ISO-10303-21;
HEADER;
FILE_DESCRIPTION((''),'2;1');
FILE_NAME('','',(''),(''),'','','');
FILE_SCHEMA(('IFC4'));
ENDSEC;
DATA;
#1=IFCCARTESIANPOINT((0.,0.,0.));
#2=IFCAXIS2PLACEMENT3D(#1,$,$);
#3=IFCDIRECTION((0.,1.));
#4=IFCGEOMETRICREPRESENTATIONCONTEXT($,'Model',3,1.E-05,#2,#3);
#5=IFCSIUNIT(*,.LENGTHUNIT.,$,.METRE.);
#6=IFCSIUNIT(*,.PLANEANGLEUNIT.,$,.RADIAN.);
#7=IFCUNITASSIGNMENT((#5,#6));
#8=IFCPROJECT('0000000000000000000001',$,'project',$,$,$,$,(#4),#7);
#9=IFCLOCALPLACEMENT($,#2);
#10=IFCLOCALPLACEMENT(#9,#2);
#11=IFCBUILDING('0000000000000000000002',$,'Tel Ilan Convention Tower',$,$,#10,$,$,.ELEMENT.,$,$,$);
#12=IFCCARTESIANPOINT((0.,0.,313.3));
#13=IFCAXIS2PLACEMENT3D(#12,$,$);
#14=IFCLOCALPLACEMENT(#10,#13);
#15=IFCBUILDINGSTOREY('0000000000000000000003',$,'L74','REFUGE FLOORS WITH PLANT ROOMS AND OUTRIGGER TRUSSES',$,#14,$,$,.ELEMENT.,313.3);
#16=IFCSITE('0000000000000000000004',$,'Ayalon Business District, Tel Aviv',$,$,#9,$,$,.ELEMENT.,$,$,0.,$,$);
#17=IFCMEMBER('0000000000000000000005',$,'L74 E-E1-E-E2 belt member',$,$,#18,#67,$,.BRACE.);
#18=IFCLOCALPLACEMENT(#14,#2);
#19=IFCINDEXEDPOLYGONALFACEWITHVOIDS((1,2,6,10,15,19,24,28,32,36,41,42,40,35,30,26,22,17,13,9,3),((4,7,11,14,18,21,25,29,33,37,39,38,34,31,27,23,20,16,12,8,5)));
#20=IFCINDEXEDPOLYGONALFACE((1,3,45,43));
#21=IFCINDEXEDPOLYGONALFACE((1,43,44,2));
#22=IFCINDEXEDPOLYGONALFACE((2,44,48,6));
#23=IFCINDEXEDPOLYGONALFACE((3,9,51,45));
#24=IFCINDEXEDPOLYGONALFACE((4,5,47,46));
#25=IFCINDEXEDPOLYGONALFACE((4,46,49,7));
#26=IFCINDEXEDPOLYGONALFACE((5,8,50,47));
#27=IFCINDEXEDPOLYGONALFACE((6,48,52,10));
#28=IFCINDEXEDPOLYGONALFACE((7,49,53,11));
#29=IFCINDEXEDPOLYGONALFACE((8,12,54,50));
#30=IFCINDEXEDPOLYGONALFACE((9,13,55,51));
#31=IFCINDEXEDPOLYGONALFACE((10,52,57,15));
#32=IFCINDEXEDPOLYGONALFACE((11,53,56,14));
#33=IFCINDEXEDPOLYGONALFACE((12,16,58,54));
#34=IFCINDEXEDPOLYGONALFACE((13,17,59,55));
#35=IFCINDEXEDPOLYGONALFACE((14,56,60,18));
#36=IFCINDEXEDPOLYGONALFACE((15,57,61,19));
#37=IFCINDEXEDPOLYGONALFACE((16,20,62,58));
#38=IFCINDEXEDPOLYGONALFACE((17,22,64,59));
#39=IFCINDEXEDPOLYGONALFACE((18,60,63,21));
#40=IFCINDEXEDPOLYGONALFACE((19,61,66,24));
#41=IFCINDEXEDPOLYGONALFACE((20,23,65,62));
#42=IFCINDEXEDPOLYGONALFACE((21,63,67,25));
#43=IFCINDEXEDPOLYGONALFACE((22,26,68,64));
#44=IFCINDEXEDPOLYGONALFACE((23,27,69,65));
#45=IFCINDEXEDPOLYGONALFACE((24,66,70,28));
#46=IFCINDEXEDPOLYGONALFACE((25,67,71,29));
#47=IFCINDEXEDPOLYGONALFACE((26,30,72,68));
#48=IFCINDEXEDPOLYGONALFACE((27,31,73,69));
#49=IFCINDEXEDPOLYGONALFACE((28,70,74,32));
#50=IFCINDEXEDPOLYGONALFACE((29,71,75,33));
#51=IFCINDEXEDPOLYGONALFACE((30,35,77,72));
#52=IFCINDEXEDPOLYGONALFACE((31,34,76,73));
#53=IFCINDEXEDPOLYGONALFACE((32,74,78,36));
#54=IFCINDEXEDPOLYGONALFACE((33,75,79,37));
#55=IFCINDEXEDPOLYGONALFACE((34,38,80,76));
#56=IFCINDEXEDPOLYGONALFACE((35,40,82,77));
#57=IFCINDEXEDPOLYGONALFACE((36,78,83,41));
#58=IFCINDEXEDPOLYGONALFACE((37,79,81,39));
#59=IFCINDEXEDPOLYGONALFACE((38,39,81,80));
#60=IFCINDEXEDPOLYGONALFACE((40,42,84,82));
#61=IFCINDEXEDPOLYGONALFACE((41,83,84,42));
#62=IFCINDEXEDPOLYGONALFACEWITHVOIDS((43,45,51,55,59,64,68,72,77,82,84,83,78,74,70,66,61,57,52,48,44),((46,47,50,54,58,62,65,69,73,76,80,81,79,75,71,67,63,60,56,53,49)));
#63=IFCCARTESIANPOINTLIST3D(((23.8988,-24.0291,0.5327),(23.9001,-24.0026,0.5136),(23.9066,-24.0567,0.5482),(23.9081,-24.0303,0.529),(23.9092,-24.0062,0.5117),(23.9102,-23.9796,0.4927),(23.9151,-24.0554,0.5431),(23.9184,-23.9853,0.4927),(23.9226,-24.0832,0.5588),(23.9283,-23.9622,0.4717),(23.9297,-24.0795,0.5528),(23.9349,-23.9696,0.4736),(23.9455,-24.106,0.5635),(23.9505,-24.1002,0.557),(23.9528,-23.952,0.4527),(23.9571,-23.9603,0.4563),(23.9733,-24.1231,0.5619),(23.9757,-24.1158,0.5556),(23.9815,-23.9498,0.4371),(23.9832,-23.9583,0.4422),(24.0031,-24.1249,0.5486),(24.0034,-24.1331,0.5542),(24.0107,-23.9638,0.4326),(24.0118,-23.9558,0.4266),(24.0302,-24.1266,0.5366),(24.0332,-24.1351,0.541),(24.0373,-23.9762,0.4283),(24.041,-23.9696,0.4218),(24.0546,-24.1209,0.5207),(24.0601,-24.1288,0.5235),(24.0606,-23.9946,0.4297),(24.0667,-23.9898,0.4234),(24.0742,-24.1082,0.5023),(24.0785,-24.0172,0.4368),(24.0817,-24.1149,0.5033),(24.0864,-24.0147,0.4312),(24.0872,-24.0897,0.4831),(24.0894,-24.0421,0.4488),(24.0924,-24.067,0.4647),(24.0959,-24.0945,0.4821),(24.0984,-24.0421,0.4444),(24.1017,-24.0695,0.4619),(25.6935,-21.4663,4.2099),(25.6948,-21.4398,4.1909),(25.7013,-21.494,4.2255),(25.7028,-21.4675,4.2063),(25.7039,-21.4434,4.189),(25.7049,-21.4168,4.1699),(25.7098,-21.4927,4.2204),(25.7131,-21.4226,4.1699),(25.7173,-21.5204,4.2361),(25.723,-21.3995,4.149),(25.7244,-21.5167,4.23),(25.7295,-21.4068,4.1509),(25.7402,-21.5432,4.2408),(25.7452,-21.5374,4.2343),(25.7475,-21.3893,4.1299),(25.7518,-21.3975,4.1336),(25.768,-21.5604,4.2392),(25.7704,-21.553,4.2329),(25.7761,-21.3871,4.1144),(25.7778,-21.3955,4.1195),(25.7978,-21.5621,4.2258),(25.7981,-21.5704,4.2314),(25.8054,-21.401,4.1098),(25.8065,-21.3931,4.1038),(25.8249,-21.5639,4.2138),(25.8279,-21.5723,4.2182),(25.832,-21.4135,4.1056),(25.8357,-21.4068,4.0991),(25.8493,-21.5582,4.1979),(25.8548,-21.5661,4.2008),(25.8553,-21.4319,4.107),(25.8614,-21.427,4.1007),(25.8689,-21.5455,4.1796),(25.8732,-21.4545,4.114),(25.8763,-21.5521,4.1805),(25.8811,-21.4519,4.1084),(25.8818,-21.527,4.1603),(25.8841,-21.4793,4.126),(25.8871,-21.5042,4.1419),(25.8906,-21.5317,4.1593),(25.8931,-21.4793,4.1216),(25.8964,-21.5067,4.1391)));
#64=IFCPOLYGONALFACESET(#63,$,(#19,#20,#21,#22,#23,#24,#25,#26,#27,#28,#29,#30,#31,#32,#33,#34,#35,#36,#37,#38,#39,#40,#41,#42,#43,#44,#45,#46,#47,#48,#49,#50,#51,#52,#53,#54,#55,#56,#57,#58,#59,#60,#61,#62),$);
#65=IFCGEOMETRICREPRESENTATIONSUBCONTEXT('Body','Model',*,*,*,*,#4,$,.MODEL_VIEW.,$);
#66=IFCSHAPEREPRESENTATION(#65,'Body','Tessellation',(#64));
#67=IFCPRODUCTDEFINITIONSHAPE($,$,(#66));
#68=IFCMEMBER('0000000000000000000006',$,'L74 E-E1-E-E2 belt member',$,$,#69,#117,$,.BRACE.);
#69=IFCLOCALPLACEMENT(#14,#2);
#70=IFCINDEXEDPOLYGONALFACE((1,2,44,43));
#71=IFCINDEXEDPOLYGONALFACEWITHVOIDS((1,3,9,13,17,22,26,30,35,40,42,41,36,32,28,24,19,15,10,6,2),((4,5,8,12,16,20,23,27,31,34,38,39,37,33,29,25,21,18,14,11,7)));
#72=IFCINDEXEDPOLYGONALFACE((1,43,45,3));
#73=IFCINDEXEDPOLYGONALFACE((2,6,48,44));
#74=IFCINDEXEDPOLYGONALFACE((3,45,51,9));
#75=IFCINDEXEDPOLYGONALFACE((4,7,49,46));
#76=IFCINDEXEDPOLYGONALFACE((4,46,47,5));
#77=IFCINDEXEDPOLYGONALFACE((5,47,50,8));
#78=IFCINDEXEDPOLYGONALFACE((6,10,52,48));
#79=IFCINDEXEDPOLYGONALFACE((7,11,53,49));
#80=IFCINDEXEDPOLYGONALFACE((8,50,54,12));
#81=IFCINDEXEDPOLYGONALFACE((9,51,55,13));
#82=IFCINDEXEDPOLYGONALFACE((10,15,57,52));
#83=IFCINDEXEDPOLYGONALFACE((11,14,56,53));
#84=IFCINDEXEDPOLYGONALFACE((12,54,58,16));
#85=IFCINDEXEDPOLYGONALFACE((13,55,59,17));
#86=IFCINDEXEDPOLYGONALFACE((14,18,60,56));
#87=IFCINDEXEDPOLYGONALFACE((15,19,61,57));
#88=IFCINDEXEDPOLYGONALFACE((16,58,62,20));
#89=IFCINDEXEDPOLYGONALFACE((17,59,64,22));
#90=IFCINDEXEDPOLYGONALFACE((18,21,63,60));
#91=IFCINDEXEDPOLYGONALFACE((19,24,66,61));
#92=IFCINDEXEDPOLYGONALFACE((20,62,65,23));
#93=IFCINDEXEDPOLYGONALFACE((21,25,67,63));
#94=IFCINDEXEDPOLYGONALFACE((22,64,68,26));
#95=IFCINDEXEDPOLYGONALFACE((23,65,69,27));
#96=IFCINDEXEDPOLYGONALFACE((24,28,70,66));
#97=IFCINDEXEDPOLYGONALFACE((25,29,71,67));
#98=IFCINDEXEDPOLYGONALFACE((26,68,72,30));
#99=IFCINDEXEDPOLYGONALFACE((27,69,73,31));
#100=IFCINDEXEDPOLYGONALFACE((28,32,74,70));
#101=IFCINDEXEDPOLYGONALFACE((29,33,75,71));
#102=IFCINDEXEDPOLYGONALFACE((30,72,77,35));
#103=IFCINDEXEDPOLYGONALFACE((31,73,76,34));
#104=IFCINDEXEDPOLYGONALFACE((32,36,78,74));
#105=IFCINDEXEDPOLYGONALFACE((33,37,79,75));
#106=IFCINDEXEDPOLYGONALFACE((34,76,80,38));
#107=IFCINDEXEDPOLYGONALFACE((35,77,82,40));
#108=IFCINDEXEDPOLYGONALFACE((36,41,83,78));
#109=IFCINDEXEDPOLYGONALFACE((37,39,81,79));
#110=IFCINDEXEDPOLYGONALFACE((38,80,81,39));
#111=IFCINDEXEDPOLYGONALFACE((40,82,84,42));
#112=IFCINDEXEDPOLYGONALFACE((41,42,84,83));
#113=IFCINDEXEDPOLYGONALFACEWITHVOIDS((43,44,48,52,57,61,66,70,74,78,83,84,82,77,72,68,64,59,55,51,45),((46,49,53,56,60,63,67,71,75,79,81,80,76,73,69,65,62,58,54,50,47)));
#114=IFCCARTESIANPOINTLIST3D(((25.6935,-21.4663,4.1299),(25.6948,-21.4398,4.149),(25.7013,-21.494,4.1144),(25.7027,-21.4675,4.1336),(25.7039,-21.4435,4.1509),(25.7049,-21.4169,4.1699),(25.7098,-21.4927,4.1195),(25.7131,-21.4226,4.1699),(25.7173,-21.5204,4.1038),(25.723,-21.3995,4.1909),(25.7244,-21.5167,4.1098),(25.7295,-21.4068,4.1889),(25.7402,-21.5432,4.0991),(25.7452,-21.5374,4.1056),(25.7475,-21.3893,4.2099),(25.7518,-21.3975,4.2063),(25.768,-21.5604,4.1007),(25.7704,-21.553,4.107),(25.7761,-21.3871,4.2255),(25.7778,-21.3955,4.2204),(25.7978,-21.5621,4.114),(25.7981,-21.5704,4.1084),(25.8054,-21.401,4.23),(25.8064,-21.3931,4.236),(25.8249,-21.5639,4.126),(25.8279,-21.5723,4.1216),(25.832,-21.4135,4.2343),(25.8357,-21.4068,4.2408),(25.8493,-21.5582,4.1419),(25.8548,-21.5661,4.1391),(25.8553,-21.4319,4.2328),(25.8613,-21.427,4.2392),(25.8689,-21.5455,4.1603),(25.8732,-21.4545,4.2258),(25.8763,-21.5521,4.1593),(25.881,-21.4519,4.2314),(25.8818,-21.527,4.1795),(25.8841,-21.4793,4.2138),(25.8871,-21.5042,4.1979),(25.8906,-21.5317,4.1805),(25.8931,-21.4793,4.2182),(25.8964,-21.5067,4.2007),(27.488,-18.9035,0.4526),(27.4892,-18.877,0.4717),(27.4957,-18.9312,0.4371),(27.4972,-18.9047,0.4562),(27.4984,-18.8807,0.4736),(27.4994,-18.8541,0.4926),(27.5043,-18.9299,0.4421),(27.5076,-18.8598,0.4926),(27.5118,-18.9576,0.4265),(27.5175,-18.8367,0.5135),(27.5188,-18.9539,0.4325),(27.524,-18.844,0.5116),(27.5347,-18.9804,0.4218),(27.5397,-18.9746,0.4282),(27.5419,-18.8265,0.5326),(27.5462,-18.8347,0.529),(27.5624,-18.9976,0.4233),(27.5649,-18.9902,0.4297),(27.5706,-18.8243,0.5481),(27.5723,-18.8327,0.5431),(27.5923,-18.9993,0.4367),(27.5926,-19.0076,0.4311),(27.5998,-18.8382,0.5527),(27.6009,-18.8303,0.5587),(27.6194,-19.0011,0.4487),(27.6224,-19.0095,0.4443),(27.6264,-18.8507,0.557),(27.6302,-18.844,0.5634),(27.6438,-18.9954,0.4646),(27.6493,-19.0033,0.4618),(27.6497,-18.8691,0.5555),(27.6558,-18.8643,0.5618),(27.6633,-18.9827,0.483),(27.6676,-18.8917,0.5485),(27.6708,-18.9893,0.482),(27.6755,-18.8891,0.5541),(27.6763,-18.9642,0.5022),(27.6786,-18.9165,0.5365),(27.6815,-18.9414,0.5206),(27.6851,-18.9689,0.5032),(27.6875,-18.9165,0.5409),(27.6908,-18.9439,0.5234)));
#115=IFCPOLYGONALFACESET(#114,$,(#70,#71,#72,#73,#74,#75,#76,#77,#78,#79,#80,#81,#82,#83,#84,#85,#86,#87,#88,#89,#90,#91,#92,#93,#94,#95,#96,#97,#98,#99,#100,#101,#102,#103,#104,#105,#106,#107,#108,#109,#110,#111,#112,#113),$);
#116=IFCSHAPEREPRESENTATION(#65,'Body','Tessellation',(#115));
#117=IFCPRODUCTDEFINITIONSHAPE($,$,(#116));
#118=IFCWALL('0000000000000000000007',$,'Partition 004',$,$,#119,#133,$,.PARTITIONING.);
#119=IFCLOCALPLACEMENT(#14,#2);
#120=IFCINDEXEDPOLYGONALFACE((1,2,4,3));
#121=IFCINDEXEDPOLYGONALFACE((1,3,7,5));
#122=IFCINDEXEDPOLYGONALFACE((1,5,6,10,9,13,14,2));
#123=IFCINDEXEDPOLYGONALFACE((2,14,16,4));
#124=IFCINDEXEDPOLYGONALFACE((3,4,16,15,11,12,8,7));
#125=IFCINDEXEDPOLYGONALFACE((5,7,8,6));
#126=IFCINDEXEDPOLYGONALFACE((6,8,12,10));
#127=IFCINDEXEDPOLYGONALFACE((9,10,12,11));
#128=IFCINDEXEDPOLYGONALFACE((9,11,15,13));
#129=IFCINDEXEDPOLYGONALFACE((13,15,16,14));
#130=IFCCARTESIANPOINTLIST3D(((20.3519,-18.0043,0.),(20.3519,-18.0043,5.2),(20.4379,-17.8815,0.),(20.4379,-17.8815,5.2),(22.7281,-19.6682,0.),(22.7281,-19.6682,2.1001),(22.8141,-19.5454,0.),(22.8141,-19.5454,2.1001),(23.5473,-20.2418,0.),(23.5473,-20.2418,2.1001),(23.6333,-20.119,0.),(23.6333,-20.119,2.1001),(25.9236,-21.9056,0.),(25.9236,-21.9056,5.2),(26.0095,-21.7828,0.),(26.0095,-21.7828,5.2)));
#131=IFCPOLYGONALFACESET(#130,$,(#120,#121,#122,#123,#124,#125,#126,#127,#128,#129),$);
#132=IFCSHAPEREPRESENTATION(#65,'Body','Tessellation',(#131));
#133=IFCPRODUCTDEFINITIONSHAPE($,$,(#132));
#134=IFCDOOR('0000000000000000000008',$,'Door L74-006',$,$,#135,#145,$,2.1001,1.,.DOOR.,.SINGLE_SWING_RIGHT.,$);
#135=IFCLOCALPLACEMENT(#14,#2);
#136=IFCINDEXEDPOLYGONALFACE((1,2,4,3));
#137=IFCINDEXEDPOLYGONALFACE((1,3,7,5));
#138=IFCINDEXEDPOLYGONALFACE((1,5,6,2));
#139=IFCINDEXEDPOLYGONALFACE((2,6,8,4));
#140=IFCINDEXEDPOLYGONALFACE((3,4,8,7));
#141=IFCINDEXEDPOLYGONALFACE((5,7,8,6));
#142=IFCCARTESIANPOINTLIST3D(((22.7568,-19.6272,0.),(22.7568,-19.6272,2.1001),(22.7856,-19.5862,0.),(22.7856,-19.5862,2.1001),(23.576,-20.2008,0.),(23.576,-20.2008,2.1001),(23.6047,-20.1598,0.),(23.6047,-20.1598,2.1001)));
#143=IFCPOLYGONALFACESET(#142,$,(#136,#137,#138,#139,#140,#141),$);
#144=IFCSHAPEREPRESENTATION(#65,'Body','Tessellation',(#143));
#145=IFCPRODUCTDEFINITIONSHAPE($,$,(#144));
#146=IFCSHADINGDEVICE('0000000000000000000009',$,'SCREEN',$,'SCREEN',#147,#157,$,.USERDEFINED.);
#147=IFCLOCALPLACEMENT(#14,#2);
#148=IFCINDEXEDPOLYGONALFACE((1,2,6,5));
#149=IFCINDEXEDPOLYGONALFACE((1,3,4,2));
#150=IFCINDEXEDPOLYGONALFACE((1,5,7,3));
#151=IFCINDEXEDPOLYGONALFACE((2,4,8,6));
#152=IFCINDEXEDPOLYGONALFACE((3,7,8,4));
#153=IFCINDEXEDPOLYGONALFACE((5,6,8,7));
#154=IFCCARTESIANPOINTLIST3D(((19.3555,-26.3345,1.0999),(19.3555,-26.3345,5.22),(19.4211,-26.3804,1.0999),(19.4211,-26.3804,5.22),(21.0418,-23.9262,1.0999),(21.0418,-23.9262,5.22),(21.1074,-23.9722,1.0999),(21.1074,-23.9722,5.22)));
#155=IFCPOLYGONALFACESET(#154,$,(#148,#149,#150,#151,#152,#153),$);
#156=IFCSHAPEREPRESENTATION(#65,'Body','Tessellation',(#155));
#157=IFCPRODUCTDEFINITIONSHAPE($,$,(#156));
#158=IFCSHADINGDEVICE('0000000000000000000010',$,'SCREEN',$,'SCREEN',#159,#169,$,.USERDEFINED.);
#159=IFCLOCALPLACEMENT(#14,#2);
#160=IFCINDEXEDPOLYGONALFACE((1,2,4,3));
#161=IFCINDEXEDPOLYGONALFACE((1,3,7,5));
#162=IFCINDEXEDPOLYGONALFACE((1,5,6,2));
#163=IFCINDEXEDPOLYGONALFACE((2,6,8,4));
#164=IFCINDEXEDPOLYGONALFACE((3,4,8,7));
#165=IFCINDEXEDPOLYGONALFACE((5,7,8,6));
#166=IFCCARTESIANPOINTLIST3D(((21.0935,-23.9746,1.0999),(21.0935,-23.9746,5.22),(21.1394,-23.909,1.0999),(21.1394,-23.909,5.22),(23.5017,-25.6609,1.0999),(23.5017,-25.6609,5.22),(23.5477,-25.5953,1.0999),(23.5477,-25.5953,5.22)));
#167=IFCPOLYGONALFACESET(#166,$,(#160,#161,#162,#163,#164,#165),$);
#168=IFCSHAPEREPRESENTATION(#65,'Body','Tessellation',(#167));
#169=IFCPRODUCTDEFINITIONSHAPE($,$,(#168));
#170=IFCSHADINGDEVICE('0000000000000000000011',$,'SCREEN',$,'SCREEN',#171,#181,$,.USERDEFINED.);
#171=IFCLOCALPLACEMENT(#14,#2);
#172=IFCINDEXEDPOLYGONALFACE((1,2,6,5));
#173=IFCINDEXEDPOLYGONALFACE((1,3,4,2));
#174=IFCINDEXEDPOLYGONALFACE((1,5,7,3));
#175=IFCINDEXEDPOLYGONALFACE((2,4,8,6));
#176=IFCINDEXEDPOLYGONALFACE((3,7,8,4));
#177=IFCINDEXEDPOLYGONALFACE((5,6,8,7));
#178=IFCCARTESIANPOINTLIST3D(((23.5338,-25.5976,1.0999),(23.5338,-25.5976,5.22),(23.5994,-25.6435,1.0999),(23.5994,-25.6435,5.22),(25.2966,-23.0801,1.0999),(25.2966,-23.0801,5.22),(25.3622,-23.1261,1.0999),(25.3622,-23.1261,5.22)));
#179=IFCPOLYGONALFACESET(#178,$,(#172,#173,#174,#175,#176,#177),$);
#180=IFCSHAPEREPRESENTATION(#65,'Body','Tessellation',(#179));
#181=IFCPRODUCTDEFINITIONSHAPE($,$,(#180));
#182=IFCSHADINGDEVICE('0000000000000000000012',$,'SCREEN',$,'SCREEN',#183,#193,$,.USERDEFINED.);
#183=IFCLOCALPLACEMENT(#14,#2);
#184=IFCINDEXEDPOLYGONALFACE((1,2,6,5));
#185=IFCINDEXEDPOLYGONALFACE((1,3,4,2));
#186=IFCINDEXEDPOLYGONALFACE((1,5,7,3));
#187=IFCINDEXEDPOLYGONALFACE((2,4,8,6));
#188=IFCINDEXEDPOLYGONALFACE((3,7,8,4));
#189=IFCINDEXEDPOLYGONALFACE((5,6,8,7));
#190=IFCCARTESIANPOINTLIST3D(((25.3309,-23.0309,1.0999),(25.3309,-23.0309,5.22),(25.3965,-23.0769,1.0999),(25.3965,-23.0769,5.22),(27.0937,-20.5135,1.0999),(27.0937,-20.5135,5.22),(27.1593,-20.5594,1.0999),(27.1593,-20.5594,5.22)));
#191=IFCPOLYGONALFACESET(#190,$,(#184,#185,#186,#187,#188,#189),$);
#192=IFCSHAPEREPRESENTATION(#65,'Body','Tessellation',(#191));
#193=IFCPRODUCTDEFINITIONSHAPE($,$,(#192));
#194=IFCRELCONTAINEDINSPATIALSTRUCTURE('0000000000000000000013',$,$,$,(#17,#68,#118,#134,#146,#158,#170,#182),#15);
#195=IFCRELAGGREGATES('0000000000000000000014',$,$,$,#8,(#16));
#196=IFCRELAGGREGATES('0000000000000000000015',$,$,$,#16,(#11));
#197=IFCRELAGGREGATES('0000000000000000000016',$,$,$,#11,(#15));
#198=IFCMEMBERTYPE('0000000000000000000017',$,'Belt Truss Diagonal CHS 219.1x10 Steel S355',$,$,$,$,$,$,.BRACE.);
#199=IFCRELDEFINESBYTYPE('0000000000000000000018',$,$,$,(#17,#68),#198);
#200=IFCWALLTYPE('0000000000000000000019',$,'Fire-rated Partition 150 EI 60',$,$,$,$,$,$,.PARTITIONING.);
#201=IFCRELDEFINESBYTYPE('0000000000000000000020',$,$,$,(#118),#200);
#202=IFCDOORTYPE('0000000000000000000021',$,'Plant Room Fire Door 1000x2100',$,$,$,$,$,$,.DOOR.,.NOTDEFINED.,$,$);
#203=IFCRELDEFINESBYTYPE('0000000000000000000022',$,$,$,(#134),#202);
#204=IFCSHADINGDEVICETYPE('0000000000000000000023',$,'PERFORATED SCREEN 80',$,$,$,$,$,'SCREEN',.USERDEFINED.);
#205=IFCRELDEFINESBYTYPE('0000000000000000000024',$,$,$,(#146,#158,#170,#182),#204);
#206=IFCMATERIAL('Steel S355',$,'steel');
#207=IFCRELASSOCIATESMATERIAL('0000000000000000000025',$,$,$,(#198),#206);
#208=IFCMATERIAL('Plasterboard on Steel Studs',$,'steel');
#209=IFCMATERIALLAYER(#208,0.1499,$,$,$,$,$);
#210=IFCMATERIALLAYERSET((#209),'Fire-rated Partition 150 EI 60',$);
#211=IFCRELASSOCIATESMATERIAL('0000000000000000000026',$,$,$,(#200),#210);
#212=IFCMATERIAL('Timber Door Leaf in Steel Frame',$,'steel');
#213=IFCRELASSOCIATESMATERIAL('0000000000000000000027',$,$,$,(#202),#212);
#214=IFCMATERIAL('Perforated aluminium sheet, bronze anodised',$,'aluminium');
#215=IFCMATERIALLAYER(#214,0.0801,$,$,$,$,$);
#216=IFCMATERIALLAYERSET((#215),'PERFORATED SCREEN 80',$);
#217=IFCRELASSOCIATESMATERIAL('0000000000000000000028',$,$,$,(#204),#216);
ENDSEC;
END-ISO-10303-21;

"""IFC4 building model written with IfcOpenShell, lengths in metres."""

from ifc_helpers import new_model, si_unit, direction, frame, frame_2d, origin, origin_2d, place, context, subcontext, project, spatial, rectangle, hollow_circle, extrude, material, layer, layer_set, material_profile, profile_set, type_object, element, fill, save


model = new_model("IFC4")

# Units and contexts
model_context = context("Model", 3, precision=1e-05, world=origin(), true_north=direction((0.0, 1.0)))
body_context = subcontext(model_context, "Body", "Model", "MODEL_VIEW")
ifc_project = project(units=[si_unit("LENGTHUNIT", "METRE"), si_unit("PLANEANGLEUNIT", "RADIAN")], contexts=[model_context])

# Site, building, storey
site_placement = place(None, origin())
site = spatial("IfcSite", under=ifc_project, at=site_placement, Name="Ayalon Business District, Tel Aviv", CompositionType="ELEMENT", RefElevation=0.0)
building_placement = place(site_placement, origin())
building = spatial("IfcBuilding", under=site, at=building_placement, Name="Tel Ilan Convention Tower", CompositionType="ELEMENT")
storey_placement = place(building_placement, frame((0.0, 0.0, 313.3)))
storey = spatial("IfcBuildingStorey", under=building, at=storey_placement, Name="L74", Description="REFUGE FLOORS WITH PLANT ROOMS AND OUTRIGGER TRUSSES", CompositionType="ELEMENT", Elevation=313.3)

# Members
ifc_material_1 = material(Name="Steel S355", Category="steel")
ifc_material_profile_1 = material_profile(ifc_material_1, hollow_circle(Radius=0.1096, WallThickness=0.01, at=origin_2d()), Name="CHS 219.1x10")
ifc_profile_set_1 = profile_set([ifc_material_profile_1], Name="Steel S355")
member_type_1 = type_object("IfcMemberType", Name="Belt Truss Diagonal CHS 219.1x10 Steel S355", PredefinedType="BRACE", material=ifc_profile_set_1)
for number, where, z_axis, x_axis, name in (
    (1, (24.0, -24.0425, 0.4927), (0.371714, 0.530796, 0.761632), (-0.819118, 0.573625, 0.0), "L74 E-E1-E-E2 belt member"),
    (2, (25.7947, -21.4797, 4.1699), (0.371671, 0.530806, -0.761647), (-0.819155, 0.573572, 0.0), "L74 E-E1-E-E2 belt member"),
):
    element("IfcMember", number, at=place(storey_placement, frame(where, z_axis=z_axis, x_axis=x_axis)), inside=storey, type_object=member_type_1, Name=name, PredefinedType="BRACE", context=body_context, shape_type="SweptSolid", body=[
        extrude(hollow_circle(Radius=0.1096, WallThickness=0.01, at=origin_2d()), origin(), (0.0, 0.0, 1.0), 4.8281),
    ])

# Wall, opening, door
ifc_material_2 = material(Name="Plasterboard on Steel Studs", Category="steel")
ifc_layer_1 = layer(ifc_material_2, 0.1499)
ifc_layer_set_1 = layer_set([ifc_layer_1], Name="Fire-rated Partition 150 EI 60")
wall_type = type_object("IfcWallType", Name="Fire-rated Partition 150 EI 60", PredefinedType="PARTITIONING", material=ifc_layer_set_1)
wall_placement = place(storey_placement, frame((25.9666, -21.8442, 0.0), z_axis=(0.0, 0.0, 1.0), x_axis=(-0.819154, 0.573573, 0.0)))
wall = element("IfcWall", 3, at=wall_placement, inside=storey, type_object=wall_type, Name="Partition 004", PredefinedType="PARTITIONING", context=body_context, shape_type="SweptSolid", body=[
    extrude(rectangle(XDim=6.8018, YDim=0.1499, at=frame_2d((3.4009, 0.0))), origin(), (0.0, 0.0, 1.0), 5.2),
])
opening_placement = place(wall_placement, frame((2.9009, 0.0, 0.0)))
opening = element("IfcOpeningElement", 4, at=opening_placement, cuts=wall, PredefinedType="OPENING", context=body_context, shape_type="SweptSolid", body=[
    extrude(rectangle(XDim=1.0, YDim=2.1001, at=frame_2d((0.5, 1.05))), frame((0.0, 0.085, 0.0), z_axis=(0.0, -1.0, 0.0), x_axis=(1.0, 0.0, 0.0)), (0.0, 0.0, 1.0), 0.1699),
])
ifc_material_3 = material(Name="Timber Door Leaf in Steel Frame", Category="steel")
door_type = type_object("IfcDoorType", Name="Plant Room Fire Door 1000x2100", OperationType="NOTDEFINED", PredefinedType="DOOR", material=ifc_material_3)
door_placement = place(opening_placement, origin())
door = element("IfcDoor", 5, at=door_placement, inside=storey, type_object=door_type, Name="Door L74-006", OperationType="SINGLE_SWING_RIGHT", OverallHeight=2.1001, OverallWidth=1.0, PredefinedType="DOOR", context=body_context, shape_type="SweptSolid", body=[
    extrude(rectangle(XDim=1.0, YDim=2.1001, at=frame_2d((0.5, 1.05))), frame((0.0, 0.0249, 0.0), z_axis=(0.0, -1.0, 0.0), x_axis=(1.0, 0.0, 0.0)), (0.0, 0.0, 1.0), 0.05),
])
fill(opening, door)

# Shading devices
ifc_material_4 = material(Name="Perforated aluminium sheet, bronze anodised", Category="aluminium")
ifc_layer_2 = layer(ifc_material_4, 0.0801)
ifc_layer_set_2 = layer_set([ifc_layer_2], Name="PERFORATED SCREEN 80")
shading_device_type_1 = type_object("IfcShadingDeviceType", Name="PERFORATED SCREEN 80", ElementType="SCREEN", PredefinedType="USERDEFINED", material=ifc_layer_set_2)
for number, where, z_axis, x_axis, name in (
    (6, (20.2314, -25.1533, 1.0999), (0.0, 0.0, 1.0), (0.573576, 0.819152, 0.0), "SCREEN"),
    (7, (22.3206, -24.7849, 1.0999), (0.0, 0.0, 1.0), (0.819152, -0.573576, 0.0), "SCREEN"),
):
    element("IfcShadingDevice", number, at=place(storey_placement, frame(where, z_axis=z_axis, x_axis=x_axis)), inside=storey, type_object=shading_device_type_1, Name=name, ObjectType="SCREEN", PredefinedType="USERDEFINED", context=body_context, shape_type="SweptSolid", body=[
        extrude(rectangle(XDim=2.9399, YDim=0.0801, at=origin_2d()), origin(), (0.0, 0.0, 1.0), 4.1201),
    ])
for number, where, z_axis, x_axis, name in (
    (8, (24.448, -24.3618, 1.0999), (0.0, 0.0, 1.0), (0.573576, 0.819152, 0.0), "SCREEN"),
    (9, (26.2451, -21.7952, 1.0999), (0.0, 0.0, 1.0), (0.573576, 0.819152, 0.0), "SCREEN"),
):
    element("IfcShadingDevice", number, at=place(storey_placement, frame(where, z_axis=z_axis, x_axis=x_axis)), inside=storey, type_object=shading_device_type_1, Name=name, ObjectType="SCREEN", PredefinedType="USERDEFINED", context=body_context, shape_type="SweptSolid", body=[
        extrude(rectangle(XDim=3.0732, YDim=0.0801, at=origin_2d()), origin(), (0.0, 0.0, 1.0), 4.1201),
    ])

save(model, "model.ifc")
